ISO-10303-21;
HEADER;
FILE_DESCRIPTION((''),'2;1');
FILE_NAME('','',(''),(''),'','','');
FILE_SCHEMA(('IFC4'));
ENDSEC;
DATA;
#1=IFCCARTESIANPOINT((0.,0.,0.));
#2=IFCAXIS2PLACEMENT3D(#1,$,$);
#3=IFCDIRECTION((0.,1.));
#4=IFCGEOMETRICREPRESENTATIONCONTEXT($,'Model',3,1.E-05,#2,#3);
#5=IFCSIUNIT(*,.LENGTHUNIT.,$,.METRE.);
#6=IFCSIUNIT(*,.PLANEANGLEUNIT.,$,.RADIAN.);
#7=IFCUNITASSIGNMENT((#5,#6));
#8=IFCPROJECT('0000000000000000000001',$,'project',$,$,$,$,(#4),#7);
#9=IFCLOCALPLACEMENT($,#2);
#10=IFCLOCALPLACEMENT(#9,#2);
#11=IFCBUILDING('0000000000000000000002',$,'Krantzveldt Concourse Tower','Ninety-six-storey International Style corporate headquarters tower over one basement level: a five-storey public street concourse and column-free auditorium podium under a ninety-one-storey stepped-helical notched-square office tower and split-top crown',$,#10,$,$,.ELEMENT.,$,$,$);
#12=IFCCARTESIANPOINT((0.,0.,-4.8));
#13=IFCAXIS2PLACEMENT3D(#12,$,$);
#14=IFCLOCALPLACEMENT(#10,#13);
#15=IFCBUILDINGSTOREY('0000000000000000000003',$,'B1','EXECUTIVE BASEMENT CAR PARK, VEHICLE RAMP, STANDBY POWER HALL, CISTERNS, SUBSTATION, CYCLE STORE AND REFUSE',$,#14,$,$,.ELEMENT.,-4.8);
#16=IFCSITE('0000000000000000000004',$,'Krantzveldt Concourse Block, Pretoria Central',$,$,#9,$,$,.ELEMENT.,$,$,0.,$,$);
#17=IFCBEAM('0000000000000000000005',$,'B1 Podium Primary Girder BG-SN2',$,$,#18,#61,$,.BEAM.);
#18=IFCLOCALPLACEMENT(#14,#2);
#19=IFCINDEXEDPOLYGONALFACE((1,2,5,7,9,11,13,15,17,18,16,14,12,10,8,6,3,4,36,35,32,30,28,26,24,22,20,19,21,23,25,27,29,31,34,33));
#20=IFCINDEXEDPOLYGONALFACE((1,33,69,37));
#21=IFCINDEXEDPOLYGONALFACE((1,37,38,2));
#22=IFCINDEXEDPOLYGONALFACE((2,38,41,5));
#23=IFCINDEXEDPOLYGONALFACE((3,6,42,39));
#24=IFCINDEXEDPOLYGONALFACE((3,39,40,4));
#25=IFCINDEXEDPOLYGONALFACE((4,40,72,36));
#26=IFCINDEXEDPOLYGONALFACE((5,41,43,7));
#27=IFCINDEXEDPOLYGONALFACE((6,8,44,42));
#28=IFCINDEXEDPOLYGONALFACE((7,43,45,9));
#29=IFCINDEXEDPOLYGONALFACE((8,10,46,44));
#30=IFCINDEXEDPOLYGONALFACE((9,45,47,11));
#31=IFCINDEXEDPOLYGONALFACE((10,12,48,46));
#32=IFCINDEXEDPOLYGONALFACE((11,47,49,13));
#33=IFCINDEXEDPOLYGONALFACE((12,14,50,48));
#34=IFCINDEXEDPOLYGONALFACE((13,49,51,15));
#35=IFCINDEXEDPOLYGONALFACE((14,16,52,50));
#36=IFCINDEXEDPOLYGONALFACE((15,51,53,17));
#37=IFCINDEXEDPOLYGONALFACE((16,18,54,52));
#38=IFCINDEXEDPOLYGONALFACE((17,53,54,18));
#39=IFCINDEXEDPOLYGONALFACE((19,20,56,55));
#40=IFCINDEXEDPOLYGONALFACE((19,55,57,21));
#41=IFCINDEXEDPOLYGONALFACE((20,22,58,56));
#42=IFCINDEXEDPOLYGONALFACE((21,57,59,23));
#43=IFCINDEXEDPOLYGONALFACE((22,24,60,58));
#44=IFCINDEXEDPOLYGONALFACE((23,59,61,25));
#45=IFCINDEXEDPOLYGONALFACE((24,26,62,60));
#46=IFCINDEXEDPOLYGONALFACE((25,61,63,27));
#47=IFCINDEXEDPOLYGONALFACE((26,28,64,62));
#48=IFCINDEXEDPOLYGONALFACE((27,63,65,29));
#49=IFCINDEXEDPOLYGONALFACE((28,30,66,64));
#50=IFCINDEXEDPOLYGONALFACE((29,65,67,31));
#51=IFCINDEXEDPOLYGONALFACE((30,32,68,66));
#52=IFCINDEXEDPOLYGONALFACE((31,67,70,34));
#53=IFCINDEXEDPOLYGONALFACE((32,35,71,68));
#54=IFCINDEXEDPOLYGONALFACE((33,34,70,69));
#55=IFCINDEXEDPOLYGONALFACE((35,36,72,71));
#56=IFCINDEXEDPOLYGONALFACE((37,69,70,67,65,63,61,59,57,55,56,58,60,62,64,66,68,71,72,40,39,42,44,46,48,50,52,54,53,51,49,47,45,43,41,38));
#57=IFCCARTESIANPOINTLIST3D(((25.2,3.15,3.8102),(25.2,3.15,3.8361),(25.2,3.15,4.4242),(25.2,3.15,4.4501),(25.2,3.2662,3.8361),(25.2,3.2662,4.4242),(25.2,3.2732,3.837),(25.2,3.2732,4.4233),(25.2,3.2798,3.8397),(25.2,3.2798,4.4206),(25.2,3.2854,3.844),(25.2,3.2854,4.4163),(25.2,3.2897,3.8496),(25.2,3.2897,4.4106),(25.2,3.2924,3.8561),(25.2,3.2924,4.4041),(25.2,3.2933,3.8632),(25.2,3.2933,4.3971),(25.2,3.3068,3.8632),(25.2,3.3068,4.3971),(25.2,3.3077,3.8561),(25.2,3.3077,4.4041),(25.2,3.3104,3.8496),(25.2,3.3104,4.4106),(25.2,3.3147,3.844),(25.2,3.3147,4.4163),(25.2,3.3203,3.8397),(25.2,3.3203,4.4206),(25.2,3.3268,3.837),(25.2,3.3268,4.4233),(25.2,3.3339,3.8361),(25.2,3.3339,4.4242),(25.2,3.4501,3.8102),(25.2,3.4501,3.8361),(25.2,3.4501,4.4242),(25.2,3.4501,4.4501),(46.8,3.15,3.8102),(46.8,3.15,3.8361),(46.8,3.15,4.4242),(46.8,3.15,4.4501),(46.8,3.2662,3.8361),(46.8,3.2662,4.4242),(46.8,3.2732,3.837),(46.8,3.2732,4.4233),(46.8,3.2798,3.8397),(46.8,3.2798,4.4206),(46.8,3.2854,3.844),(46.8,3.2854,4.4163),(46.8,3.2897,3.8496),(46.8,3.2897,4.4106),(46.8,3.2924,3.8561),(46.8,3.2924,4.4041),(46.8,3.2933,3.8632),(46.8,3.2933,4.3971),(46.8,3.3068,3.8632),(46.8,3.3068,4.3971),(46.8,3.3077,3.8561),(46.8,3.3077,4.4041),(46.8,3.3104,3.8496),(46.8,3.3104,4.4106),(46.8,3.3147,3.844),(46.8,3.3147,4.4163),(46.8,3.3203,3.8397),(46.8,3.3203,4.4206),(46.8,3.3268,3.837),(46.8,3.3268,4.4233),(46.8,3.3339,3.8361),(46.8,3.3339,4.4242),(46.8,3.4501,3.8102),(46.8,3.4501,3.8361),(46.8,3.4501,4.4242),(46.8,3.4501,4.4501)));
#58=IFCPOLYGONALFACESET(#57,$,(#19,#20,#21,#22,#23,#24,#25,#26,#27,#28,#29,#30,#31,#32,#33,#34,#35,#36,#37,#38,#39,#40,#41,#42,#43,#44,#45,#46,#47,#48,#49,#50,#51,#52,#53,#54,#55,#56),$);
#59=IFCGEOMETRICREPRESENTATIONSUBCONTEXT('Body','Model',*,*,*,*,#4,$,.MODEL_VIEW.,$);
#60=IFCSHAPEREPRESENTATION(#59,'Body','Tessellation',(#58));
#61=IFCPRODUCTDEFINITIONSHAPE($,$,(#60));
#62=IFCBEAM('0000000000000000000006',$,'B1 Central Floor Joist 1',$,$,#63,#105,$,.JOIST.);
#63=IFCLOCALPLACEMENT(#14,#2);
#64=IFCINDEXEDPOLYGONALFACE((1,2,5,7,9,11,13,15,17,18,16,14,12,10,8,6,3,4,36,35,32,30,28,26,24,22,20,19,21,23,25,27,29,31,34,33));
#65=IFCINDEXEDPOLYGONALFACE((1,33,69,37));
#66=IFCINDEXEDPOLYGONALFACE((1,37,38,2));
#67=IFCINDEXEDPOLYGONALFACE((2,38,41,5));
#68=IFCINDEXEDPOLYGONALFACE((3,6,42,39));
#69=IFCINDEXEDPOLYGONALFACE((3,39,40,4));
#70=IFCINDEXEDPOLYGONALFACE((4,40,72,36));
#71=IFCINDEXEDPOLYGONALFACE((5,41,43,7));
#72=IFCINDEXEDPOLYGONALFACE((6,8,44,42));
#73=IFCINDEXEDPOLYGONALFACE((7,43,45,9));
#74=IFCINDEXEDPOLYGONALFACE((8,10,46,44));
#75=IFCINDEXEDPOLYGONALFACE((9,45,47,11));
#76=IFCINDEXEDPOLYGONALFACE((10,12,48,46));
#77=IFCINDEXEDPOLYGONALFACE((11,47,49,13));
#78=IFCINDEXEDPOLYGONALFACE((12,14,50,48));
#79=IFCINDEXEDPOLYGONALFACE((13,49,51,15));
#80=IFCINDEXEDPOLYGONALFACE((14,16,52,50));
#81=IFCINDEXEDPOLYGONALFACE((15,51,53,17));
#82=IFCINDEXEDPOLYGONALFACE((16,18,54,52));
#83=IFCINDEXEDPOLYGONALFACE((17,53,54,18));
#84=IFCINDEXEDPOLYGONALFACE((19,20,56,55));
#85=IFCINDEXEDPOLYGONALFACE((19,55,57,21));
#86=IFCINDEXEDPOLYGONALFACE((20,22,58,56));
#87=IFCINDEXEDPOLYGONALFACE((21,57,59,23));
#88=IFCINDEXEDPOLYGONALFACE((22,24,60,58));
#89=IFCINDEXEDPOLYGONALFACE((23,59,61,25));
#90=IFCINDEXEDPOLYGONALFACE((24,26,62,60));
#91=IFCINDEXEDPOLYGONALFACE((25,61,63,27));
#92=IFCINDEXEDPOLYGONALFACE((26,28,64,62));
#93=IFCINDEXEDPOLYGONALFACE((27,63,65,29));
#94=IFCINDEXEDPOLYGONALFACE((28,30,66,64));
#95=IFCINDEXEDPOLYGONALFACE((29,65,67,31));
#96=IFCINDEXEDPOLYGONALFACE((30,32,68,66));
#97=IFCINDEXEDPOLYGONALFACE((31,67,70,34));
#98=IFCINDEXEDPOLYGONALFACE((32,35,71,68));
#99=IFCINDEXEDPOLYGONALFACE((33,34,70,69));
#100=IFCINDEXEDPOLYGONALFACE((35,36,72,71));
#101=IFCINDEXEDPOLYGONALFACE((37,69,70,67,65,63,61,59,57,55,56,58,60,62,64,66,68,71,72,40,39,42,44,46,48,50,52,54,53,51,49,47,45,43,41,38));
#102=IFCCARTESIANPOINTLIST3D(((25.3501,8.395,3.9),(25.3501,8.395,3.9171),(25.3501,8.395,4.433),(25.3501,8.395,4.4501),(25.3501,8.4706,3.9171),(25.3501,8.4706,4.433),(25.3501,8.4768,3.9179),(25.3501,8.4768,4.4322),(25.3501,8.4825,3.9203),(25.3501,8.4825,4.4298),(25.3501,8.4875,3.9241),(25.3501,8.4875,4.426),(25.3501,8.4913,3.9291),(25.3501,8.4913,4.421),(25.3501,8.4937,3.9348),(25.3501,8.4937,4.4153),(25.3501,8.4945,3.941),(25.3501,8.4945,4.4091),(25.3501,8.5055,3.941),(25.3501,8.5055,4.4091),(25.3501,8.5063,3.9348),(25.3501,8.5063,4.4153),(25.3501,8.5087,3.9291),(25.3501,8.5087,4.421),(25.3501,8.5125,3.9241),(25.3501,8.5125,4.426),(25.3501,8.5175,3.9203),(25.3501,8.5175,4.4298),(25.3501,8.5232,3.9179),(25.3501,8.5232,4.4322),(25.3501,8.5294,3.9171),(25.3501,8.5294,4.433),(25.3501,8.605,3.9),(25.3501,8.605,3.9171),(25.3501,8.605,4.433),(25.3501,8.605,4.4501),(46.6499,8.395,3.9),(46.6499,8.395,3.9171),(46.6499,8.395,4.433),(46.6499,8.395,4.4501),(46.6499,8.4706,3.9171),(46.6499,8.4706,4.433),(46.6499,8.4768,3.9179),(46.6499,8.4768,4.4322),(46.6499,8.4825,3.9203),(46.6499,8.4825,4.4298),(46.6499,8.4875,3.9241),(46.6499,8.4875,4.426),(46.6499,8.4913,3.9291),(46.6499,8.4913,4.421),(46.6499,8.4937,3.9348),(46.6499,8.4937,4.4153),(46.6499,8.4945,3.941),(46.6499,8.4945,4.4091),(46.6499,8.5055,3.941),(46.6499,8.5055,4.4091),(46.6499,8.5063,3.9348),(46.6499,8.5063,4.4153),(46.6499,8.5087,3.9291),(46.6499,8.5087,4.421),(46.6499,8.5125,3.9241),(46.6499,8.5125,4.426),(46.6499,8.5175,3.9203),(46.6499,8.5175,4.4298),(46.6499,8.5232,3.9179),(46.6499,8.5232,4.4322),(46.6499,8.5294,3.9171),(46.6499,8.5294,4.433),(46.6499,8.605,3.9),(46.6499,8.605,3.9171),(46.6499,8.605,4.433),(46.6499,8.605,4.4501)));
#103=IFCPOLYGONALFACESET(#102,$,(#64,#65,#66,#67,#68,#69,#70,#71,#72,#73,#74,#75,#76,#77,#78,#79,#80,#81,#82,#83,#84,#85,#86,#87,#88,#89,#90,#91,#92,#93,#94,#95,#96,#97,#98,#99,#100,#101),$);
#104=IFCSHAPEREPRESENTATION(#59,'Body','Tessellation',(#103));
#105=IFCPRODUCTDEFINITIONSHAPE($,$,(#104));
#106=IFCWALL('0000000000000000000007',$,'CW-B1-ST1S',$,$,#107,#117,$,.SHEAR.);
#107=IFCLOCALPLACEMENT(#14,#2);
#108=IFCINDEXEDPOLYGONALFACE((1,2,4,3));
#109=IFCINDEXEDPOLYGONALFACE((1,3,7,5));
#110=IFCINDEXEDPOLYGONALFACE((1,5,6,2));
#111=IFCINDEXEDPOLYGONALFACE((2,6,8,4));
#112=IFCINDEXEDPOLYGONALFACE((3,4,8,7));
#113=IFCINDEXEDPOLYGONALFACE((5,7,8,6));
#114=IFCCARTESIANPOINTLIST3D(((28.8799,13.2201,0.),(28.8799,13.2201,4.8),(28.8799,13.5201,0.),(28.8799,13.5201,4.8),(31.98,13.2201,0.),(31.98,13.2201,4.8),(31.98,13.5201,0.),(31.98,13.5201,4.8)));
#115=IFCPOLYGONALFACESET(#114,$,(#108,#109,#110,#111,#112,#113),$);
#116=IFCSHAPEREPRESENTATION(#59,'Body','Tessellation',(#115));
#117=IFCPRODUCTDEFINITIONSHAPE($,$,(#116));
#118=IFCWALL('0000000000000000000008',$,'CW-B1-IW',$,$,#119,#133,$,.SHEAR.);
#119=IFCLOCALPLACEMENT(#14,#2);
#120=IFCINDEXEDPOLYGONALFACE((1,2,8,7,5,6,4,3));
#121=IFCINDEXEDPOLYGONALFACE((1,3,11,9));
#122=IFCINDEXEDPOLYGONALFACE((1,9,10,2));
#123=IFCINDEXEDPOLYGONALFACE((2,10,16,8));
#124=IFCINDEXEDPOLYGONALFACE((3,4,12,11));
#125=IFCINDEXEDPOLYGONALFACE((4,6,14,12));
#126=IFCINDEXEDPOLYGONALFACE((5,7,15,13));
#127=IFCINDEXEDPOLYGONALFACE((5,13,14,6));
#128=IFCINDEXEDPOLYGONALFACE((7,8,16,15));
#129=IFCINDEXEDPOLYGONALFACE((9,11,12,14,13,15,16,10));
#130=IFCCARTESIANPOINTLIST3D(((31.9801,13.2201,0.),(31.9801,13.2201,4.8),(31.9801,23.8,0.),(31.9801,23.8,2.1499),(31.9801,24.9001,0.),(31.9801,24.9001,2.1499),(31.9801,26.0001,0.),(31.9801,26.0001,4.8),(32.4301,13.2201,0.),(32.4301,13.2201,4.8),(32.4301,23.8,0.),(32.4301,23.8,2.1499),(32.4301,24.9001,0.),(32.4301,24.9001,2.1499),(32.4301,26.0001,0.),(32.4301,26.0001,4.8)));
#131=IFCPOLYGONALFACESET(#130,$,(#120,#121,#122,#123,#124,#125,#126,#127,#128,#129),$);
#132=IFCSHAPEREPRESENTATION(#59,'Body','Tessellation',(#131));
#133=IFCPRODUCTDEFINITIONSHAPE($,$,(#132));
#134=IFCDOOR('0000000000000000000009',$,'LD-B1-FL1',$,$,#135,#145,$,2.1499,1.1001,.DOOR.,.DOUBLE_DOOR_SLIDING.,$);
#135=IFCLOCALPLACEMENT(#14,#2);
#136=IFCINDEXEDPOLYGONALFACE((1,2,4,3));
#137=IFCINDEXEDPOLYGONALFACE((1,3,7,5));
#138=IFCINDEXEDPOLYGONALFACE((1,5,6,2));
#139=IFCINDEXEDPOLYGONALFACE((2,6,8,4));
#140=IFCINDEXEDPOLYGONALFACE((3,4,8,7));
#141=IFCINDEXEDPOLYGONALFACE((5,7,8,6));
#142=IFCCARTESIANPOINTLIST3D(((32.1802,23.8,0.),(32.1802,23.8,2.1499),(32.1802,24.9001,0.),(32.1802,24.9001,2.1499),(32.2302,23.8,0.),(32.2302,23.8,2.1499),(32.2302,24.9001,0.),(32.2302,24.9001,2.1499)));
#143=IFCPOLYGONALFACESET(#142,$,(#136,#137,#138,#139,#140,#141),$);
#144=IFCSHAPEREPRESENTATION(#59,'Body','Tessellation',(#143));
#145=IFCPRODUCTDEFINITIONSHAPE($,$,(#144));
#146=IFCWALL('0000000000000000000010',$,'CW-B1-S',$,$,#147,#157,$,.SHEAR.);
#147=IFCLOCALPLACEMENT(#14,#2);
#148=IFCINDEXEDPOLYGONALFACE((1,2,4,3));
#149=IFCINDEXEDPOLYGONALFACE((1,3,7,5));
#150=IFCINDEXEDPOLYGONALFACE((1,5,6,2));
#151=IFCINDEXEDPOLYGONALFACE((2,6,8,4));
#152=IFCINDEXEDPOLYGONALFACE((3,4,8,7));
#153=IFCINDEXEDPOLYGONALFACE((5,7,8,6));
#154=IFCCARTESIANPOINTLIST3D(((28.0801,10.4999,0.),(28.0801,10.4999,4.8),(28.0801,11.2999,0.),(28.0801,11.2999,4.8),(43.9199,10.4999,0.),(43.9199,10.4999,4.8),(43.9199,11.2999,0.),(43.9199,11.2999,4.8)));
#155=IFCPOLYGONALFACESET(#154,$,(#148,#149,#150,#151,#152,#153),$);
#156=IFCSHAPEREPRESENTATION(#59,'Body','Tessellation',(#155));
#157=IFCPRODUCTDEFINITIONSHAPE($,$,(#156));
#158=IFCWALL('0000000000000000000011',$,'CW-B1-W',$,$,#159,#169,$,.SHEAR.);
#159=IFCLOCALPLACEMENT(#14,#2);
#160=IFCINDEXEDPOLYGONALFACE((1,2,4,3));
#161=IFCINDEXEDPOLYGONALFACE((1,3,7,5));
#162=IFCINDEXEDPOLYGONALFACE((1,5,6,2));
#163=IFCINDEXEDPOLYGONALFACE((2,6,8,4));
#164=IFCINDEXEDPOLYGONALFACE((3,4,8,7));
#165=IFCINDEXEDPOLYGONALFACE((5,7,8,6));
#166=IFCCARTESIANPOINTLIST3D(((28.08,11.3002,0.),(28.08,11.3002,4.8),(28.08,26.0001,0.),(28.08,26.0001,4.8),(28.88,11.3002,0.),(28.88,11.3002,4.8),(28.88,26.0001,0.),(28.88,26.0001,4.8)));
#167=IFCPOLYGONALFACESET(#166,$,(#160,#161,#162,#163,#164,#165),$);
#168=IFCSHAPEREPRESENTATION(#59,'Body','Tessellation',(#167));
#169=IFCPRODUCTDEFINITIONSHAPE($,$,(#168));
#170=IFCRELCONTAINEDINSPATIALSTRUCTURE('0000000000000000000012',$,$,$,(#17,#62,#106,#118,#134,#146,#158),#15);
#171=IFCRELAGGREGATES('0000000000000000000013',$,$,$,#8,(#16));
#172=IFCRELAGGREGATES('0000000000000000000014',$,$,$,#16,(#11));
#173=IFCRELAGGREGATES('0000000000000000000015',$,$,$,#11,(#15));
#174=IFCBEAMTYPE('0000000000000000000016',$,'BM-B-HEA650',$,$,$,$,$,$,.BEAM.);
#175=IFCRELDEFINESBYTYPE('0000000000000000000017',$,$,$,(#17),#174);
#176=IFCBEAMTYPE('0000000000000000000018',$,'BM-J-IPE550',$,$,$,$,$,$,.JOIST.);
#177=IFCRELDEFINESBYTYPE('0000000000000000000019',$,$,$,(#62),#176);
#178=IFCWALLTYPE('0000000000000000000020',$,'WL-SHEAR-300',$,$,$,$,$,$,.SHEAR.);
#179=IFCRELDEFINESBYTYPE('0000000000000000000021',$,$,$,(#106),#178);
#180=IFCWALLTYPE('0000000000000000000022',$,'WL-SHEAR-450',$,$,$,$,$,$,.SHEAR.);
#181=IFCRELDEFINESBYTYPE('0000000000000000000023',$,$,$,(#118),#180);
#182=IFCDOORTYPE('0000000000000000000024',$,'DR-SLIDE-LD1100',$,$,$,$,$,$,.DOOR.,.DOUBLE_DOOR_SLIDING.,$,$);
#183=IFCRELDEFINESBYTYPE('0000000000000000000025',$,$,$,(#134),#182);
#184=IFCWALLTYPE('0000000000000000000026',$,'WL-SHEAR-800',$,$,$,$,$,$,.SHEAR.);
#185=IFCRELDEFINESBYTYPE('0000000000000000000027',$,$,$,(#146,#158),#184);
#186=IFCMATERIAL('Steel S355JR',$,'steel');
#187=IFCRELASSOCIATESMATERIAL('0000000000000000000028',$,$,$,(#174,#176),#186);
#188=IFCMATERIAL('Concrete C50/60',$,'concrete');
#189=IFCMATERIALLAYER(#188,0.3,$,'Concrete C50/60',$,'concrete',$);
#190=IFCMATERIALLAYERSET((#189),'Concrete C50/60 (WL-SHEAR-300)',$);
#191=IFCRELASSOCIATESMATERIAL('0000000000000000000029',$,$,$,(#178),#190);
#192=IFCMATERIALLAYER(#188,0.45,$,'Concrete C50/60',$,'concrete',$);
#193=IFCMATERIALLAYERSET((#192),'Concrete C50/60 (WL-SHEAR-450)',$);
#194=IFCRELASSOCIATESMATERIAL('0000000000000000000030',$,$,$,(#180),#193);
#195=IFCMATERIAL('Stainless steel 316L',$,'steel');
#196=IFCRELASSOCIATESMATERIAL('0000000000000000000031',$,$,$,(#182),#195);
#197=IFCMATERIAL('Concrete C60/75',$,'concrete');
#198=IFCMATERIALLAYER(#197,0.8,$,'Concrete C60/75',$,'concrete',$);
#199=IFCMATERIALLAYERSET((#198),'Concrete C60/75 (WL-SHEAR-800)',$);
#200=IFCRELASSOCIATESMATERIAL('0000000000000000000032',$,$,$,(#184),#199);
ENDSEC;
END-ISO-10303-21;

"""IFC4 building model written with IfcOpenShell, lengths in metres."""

from ifc_helpers import new_model, si_unit, direction, frame, frame_2d, origin, origin_2d, place, context, subcontext, project, spatial, rectangle, i_section, extrude, source, transform, mapped, material, layer, layer_set, material_profile, profile_set, type_object, type_shapes, element, fill, save


model = new_model("IFC4")

# Units and contexts
model_context = context("Model", 3, precision=1e-05, world=origin(), true_north=direction((0.0, 1.0)))
body_context = subcontext(model_context, "Body", "Model", "MODEL_VIEW")
ifc_project = project(units=[si_unit("LENGTHUNIT", "METRE"), si_unit("PLANEANGLEUNIT", "RADIAN")], contexts=[model_context])

# Site, building, storey
site_placement = place(None, origin())
site = spatial("IfcSite", under=ifc_project, at=site_placement, Name="Krantzveldt Concourse Block, Pretoria Central", CompositionType="ELEMENT", RefElevation=0.0)
building_placement = place(site_placement, origin())
building = spatial("IfcBuilding", under=site, at=building_placement, Name="Krantzveldt Concourse Tower", Description="Ninety-six-storey International Style corporate headquarters tower over one basement level: a five-storey public street concourse and column-free auditorium podium under a ninety-one-storey stepped-helical notched-square office tower and split-top crown", CompositionType="ELEMENT")
storey_placement = place(building_placement, frame((0.0, 0.0, -4.8)))
storey = spatial("IfcBuildingStorey", under=building, at=storey_placement, Name="B1", Description="EXECUTIVE BASEMENT CAR PARK, VEHICLE RAMP, STANDBY POWER HALL, CISTERNS, SUBSTATION, CYCLE STORE AND REFUSE", CompositionType="ELEMENT", Elevation=-4.8)

# Shared definitions
ifc_material_1 = material(Name="Concrete C50/60", Category="concrete")

# Beams
ifc_material_2 = material(Name="Steel S355JR", Category="steel")
ifc_material_profile_1 = material_profile(ifc_material_2, i_section(OverallWidth=0.3, OverallDepth=0.6399, WebThickness=0.0134, FlangeThickness=0.0259, FilletRadius=0.0271, at=origin_2d()), Name="Steel S355JR", Category="steel")
ifc_profile_set_1 = profile_set([ifc_material_profile_1], Name="Steel S355JR - HEA 650")
beam_type_1 = type_object("IfcBeamType", Name="BM-B-HEA650", PredefinedType="BEAM", material=ifc_profile_set_1)
shared_shape_1 = source(origin(), body_context, "Body", "SweptSolid", [
    extrude(i_section(OverallWidth=0.3, OverallDepth=0.6399, WebThickness=0.0134, FlangeThickness=0.0259, FilletRadius=0.0271, at=origin_2d()), origin(), (0.0, 0.0, 1.0), 21.6001),
])
type_shapes(beam_type_1, [shared_shape_1])
beam_1_placement = place(storey_placement, frame((25.2, 3.3, 4.1301), z_axis=(1.0, 0.0, 0.0), x_axis=(0.0, 1.0, 0.0)))
element("IfcBeam", 1, at=beam_1_placement, inside=storey, type_object=beam_type_1, Name="B1 Podium Primary Girder BG-SN2", PredefinedType="BEAM", context=body_context, shape_type="MappedRepresentation", body=[
    mapped(shared_shape_1, transform((0.0, 0.0, 0.0), x_axis=(1.0, 0.0, 0.0), y_axis=(0.0, 1.0, 0.0), z_axis=(0.0, 0.0, 1.0), scale=1.0)),
])
ifc_material_profile_2 = material_profile(ifc_material_2, i_section(OverallWidth=0.21, OverallDepth=0.55, WebThickness=0.011, FlangeThickness=0.0171, FilletRadius=0.0239, at=origin_2d()), Name="Steel S355JR", Category="steel")
ifc_profile_set_2 = profile_set([ifc_material_profile_2], Name="Steel S355JR - IPE 550")
beam_type_2 = type_object("IfcBeamType", Name="BM-J-IPE550", PredefinedType="JOIST", material=ifc_profile_set_2)
shared_shape_2 = source(origin(), body_context, "Body", "SweptSolid", [
    extrude(i_section(OverallWidth=0.21, OverallDepth=0.55, WebThickness=0.011, FlangeThickness=0.0171, FilletRadius=0.0239, at=origin_2d()), origin(), (0.0, 0.0, 1.0), 21.2998),
])
type_shapes(beam_type_2, [shared_shape_2])
beam_2_placement = place(storey_placement, frame((25.3501, 8.5, 4.175), z_axis=(1.0, 0.0, 0.0), x_axis=(0.0, 1.0, 0.0)))
element("IfcBeam", 2, at=beam_2_placement, inside=storey, type_object=beam_type_2, Name="B1 Central Floor Joist 1", PredefinedType="JOIST", context=body_context, shape_type="MappedRepresentation", body=[
    mapped(shared_shape_2, transform((0.0, 0.0, 0.0), x_axis=(1.0, 0.0, 0.0), y_axis=(0.0, 1.0, 0.0), z_axis=(0.0, 0.0, 1.0), scale=1.0)),
])

# Wall
ifc_layer_1 = layer(ifc_material_1, 0.3, Name="Concrete C50/60", Category="concrete")
ifc_layer_set_1 = layer_set([ifc_layer_1], Name="Concrete C50/60 (WL-SHEAR-300)")
wall_type_1 = type_object("IfcWallType", Name="WL-SHEAR-300", PredefinedType="SHEAR", material=ifc_layer_set_1)
wall_1_placement = place(storey_placement, frame((28.8799, 13.3701, 0.0), z_axis=(0.0, 0.0, 1.0), x_axis=(1.0, 0.0, 0.0)))
element("IfcWall", 3, at=wall_1_placement, inside=storey, type_object=wall_type_1, Name="CW-B1-ST1S", PredefinedType="SHEAR", context=body_context, shape_type="SweptSolid", body=[
    extrude(rectangle(XDim=3.1001, YDim=0.3, at=frame_2d((1.55, 0.0))), origin(), (0.0, 0.0, 1.0), 4.8),
])

# Wall, opening, door
ifc_layer_2 = layer(ifc_material_1, 0.45, Name="Concrete C50/60", Category="concrete")
ifc_layer_set_2 = layer_set([ifc_layer_2], Name="Concrete C50/60 (WL-SHEAR-450)")
wall_type_2 = type_object("IfcWallType", Name="WL-SHEAR-450", PredefinedType="SHEAR", material=ifc_layer_set_2)
wall_2_placement = place(storey_placement, frame((32.2051, 13.22, 0.0), z_axis=(0.0, 0.0, 1.0), x_axis=(0.0, 1.0, 0.0)))
wall_2 = element("IfcWall", 4, at=wall_2_placement, inside=storey, type_object=wall_type_2, Name="CW-B1-IW", PredefinedType="SHEAR", context=body_context, shape_type="SweptSolid", body=[
    extrude(rectangle(XDim=12.78, YDim=0.45, at=frame_2d((6.3901, 0.0))), origin(), (0.0, 0.0, 1.0), 4.8),
])
opening_placement = place(wall_2_placement, frame((10.5801, 0.0, 0.0)))
opening = element("IfcOpeningElement", 5, at=opening_placement, cuts=wall_2, PredefinedType="OPENING", context=body_context, shape_type="SweptSolid", body=[
    extrude(rectangle(XDim=1.1001, YDim=2.1499, at=frame_2d((0.55, 1.075))), frame((0.0, 0.2349, 0.0), z_axis=(0.0, -1.0, 0.0), x_axis=(1.0, 0.0, 0.0)), (0.0, 0.0, 1.0), 0.47),
])
ifc_material_3 = material(Name="Stainless steel 316L", Category="steel")
door_type = type_object("IfcDoorType", Name="DR-SLIDE-LD1100", OperationType="DOUBLE_DOOR_SLIDING", PredefinedType="DOOR", material=ifc_material_3)
door_placement = place(opening_placement, origin())
door = element("IfcDoor", 6, at=door_placement, inside=storey, type_object=door_type, Name="LD-B1-FL1", OperationType="DOUBLE_DOOR_SLIDING", OverallHeight=2.1499, OverallWidth=1.1001, PredefinedType="DOOR", context=body_context, shape_type="SweptSolid", body=[
    extrude(rectangle(XDim=1.1001, YDim=2.1499, at=frame_2d((0.55, 1.075))), frame((0.0, 0.0249, 0.0), z_axis=(0.0, -1.0, 0.0), x_axis=(1.0, 0.0, 0.0)), (0.0, 0.0, 1.0), 0.05),
])
fill(opening, door)

# Walls
ifc_material_4 = material(Name="Concrete C60/75", Category="concrete")
ifc_layer_3 = layer(ifc_material_4, 0.8, Name="Concrete C60/75", Category="concrete")
ifc_layer_set_3 = layer_set([ifc_layer_3], Name="Concrete C60/75 (WL-SHEAR-800)")
wall_type_3 = type_object("IfcWallType", Name="WL-SHEAR-800", PredefinedType="SHEAR", material=ifc_layer_set_3)
wall_3_placement = place(storey_placement, frame((28.0801, 10.8999, 0.0), z_axis=(0.0, 0.0, 1.0), x_axis=(1.0, 0.0, 0.0)))
element("IfcWall", 7, at=wall_3_placement, inside=storey, type_object=wall_type_3, Name="CW-B1-S", PredefinedType="SHEAR", context=body_context, shape_type="SweptSolid", body=[
    extrude(rectangle(XDim=15.8398, YDim=0.8, at=frame_2d((7.9199, 0.0))), origin(), (0.0, 0.0, 1.0), 4.8),
])
wall_4_placement = place(storey_placement, frame((28.48, 11.3, 0.0), z_axis=(0.0, 0.0, 1.0), x_axis=(0.0, 1.0, 0.0)))
element("IfcWall", 8, at=wall_4_placement, inside=storey, type_object=wall_type_3, Name="CW-B1-W", PredefinedType="SHEAR", context=body_context, shape_type="SweptSolid", body=[
    extrude(rectangle(XDim=14.7, YDim=0.8, at=frame_2d((7.3501, 0.0))), origin(), (0.0, 0.0, 1.0), 4.8),
])

save(model, "model.ifc")
